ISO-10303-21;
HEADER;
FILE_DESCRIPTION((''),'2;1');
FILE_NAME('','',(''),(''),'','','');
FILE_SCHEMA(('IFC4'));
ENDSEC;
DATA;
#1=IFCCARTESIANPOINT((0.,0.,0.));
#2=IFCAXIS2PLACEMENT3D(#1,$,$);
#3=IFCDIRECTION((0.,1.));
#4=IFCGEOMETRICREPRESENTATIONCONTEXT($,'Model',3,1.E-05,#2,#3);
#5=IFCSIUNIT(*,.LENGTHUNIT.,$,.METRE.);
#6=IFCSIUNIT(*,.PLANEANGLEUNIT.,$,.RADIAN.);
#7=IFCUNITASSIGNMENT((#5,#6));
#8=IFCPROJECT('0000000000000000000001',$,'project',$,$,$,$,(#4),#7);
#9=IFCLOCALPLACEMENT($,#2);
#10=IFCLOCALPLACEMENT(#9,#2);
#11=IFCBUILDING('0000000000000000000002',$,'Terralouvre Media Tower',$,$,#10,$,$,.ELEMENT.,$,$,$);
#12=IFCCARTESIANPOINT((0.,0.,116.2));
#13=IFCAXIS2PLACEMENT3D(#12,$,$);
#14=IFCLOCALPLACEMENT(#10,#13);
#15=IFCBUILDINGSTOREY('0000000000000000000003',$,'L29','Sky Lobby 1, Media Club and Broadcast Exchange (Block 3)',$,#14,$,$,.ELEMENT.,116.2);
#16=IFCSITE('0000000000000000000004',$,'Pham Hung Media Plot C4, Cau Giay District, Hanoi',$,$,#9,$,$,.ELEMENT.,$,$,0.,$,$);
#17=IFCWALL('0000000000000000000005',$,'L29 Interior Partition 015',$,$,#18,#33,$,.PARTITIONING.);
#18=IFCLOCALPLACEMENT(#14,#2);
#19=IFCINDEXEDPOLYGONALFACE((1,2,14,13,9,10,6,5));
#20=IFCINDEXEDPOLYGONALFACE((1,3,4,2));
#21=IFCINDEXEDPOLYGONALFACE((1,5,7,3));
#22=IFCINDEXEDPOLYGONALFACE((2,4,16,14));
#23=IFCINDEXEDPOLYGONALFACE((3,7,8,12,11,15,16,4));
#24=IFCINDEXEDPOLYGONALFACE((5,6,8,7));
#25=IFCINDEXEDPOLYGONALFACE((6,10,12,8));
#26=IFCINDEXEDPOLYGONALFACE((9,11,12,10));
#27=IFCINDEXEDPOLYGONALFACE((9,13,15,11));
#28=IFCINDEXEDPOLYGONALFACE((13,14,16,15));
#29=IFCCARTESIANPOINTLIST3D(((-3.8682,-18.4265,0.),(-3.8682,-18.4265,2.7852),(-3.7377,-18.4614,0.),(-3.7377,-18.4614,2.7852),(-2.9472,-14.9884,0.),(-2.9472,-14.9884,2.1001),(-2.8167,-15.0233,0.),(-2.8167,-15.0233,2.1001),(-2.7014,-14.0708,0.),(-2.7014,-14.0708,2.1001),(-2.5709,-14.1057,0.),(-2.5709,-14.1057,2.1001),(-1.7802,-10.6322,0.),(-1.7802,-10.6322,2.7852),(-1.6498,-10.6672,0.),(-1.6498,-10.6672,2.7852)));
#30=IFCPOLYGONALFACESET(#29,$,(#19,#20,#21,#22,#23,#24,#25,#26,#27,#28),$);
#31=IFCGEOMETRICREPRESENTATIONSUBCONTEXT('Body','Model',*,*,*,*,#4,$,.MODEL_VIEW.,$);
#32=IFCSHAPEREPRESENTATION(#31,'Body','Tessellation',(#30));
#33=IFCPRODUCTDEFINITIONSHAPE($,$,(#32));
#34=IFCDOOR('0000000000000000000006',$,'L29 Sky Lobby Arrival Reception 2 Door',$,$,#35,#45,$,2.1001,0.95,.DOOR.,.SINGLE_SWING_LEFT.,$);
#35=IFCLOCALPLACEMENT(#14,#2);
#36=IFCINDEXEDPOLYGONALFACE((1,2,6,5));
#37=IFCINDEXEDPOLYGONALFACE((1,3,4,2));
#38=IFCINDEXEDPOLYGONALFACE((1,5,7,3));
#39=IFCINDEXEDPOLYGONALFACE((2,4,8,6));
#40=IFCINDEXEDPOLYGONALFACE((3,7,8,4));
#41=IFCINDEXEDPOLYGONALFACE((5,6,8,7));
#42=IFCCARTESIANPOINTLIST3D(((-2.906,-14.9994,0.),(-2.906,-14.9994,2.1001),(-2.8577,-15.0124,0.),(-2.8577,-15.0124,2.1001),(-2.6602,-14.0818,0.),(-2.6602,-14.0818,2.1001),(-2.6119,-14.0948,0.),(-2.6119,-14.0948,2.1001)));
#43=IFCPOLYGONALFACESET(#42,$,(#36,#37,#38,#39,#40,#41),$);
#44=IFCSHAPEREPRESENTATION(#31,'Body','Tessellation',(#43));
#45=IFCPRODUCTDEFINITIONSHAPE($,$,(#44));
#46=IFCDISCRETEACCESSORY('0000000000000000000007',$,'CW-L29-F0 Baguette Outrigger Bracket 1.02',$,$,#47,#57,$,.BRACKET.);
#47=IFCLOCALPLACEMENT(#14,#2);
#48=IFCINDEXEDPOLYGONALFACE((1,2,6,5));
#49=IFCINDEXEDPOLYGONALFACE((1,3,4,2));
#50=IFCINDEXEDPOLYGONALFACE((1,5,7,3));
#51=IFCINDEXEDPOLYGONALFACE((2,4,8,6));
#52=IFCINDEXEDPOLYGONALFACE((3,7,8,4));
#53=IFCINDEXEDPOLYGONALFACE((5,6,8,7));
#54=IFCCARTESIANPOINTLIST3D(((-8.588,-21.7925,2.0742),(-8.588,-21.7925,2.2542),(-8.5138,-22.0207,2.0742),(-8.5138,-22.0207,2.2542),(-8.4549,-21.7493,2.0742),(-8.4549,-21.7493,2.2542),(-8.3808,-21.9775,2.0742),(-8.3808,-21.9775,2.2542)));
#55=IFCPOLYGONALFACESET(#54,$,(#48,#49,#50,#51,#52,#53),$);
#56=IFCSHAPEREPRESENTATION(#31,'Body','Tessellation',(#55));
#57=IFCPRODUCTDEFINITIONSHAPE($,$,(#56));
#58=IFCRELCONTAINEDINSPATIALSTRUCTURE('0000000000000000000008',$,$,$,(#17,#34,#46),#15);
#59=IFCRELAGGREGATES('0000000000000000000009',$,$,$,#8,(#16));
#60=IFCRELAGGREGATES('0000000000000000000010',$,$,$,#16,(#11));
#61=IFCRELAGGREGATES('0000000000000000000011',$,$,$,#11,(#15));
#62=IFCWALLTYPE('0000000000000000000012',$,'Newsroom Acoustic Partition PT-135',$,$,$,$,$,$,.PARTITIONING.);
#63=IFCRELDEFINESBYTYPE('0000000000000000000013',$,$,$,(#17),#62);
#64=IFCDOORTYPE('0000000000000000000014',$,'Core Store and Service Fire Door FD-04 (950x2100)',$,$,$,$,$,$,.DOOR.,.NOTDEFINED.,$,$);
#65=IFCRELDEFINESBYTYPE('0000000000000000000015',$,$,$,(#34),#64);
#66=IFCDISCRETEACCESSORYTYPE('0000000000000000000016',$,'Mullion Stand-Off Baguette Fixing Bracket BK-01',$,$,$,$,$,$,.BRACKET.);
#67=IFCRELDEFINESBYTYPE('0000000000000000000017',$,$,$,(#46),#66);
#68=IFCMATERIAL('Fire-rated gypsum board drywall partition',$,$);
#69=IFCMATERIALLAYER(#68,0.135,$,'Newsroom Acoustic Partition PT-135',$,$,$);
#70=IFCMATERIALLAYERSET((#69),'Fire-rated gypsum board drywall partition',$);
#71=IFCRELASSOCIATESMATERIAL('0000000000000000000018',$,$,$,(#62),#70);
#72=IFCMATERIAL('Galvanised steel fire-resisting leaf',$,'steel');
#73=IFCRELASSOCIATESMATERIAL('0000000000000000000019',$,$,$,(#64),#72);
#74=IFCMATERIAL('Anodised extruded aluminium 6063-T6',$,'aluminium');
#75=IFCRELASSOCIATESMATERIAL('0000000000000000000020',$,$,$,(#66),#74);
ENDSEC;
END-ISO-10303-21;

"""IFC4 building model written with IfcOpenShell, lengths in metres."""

from ifc_helpers import new_model, si_unit, direction, frame, frame_2d, origin, origin_2d, place, context, subcontext, project, spatial, rectangle, extrude, material, layer, layer_set, type_object, element, fill, save


model = new_model("IFC4")

# Units and contexts
model_context = context("Model", 3, precision=1e-05, world=origin(), true_north=direction((0.0, 1.0)))
body_context = subcontext(model_context, "Body", "Model", "MODEL_VIEW")
ifc_project = project(units=[si_unit("LENGTHUNIT", "METRE"), si_unit("PLANEANGLEUNIT", "RADIAN")], contexts=[model_context])

# Site, building, storey
site_placement = place(None, origin())
site = spatial("IfcSite", under=ifc_project, at=site_placement, Name="Pham Hung Media Plot C4, Cau Giay District, Hanoi", CompositionType="ELEMENT", RefElevation=0.0)
building_placement = place(site_placement, origin())
building = spatial("IfcBuilding", under=site, at=building_placement, Name="Terralouvre Media Tower", CompositionType="ELEMENT")
storey_placement = place(building_placement, frame((0.0, 0.0, 116.2)))
storey = spatial("IfcBuildingStorey", under=building, at=storey_placement, Name="L29", Description="Sky Lobby 1, Media Club and Broadcast Exchange (Block 3)", CompositionType="ELEMENT", Elevation=116.2)

# Shared definitions
ifc_material_1 = material(Name="Fire-rated gypsum board drywall partition")
ifc_layer_1 = layer(ifc_material_1, 0.135, Name="Newsroom Acoustic Partition PT-135")
ifc_layer_set_1 = layer_set([ifc_layer_1], Name="Fire-rated gypsum board drywall partition")
wall_type = type_object("IfcWallType", Name="Newsroom Acoustic Partition PT-135", PredefinedType="PARTITIONING", material=ifc_layer_set_1)

# Wall, opening, door
wall_1_placement = place(storey_placement, frame((-3.803, -18.4441, 0.0), z_axis=(0.0, 0.0, 1.0), x_axis=(0.258755, 0.965943, 0.0)))
wall_1 = element("IfcWall", 1, at=wall_1_placement, inside=storey, type_object=wall_type, Name="L29 Interior Partition 015", PredefinedType="PARTITIONING", context=body_context, shape_type="SweptSolid", body=[
    extrude(rectangle(XDim=8.0691, YDim=0.135, at=frame_2d((4.0347, 0.0))), origin(), (0.0, 0.0, 1.0), 2.7852),
])
opening_placement = place(wall_1_placement, frame((3.5593, 0.0, 0.0)))
opening = element("IfcOpeningElement", 2, at=opening_placement, cuts=wall_1, PredefinedType="OPENING", context=body_context, shape_type="SweptSolid", body=[
    extrude(rectangle(XDim=0.95, YDim=2.1001, at=frame_2d((0.4751, 1.05))), frame((0.0, 0.0774, 0.0), z_axis=(0.0, -1.0, 0.0), x_axis=(1.0, 0.0, 0.0)), (0.0, 0.0, 1.0), 0.155),
])
ifc_material_2 = material(Name="Galvanised steel fire-resisting leaf", Category="steel")
door_type = type_object("IfcDoorType", Name="Core Store and Service Fire Door FD-04 (950x2100)", OperationType="NOTDEFINED", PredefinedType="DOOR", material=ifc_material_2)
door_placement = place(opening_placement, origin())
door = element("IfcDoor", 3, at=door_placement, inside=storey, type_object=door_type, Name="L29 Sky Lobby Arrival Reception 2 Door", OperationType="SINGLE_SWING_LEFT", OverallHeight=2.1001, OverallWidth=0.95, PredefinedType="DOOR", context=body_context, shape_type="SweptSolid", body=[
    extrude(rectangle(XDim=0.95, YDim=2.1001, at=frame_2d((0.4751, 1.05))), frame((0.0, 0.0249, 0.0), z_axis=(0.0, -1.0, 0.0), x_axis=(1.0, 0.0, 0.0)), (0.0, 0.0, 1.0), 0.05),
])
fill(opening, door)

# Discrete accessory
ifc_material_3 = material(Name="Anodised extruded aluminium 6063-T6", Category="aluminium")
discrete_accessory_type = type_object("IfcDiscreteAccessoryType", Name="Mullion Stand-Off Baguette Fixing Bracket BK-01", PredefinedType="BRACKET", material=ifc_material_3)
discrete_accessory_placement = place(storey_placement, frame((-8.4844, -21.885, 2.0742), z_axis=(0.0, 0.0, 1.0), x_axis=(0.951057, 0.309017, 0.0)))
element("IfcDiscreteAccessory", 4, at=discrete_accessory_placement, inside=storey, type_object=discrete_accessory_type, Name="CW-L29-F0 Baguette Outrigger Bracket 1.02", PredefinedType="BRACKET", context=body_context, shape_type="SweptSolid", body=[
    extrude(rectangle(XDim=0.1399, YDim=0.24, at=origin_2d()), origin(), (0.0, 0.0, 1.0), 0.1799),
])

save(model, "model.ifc")
